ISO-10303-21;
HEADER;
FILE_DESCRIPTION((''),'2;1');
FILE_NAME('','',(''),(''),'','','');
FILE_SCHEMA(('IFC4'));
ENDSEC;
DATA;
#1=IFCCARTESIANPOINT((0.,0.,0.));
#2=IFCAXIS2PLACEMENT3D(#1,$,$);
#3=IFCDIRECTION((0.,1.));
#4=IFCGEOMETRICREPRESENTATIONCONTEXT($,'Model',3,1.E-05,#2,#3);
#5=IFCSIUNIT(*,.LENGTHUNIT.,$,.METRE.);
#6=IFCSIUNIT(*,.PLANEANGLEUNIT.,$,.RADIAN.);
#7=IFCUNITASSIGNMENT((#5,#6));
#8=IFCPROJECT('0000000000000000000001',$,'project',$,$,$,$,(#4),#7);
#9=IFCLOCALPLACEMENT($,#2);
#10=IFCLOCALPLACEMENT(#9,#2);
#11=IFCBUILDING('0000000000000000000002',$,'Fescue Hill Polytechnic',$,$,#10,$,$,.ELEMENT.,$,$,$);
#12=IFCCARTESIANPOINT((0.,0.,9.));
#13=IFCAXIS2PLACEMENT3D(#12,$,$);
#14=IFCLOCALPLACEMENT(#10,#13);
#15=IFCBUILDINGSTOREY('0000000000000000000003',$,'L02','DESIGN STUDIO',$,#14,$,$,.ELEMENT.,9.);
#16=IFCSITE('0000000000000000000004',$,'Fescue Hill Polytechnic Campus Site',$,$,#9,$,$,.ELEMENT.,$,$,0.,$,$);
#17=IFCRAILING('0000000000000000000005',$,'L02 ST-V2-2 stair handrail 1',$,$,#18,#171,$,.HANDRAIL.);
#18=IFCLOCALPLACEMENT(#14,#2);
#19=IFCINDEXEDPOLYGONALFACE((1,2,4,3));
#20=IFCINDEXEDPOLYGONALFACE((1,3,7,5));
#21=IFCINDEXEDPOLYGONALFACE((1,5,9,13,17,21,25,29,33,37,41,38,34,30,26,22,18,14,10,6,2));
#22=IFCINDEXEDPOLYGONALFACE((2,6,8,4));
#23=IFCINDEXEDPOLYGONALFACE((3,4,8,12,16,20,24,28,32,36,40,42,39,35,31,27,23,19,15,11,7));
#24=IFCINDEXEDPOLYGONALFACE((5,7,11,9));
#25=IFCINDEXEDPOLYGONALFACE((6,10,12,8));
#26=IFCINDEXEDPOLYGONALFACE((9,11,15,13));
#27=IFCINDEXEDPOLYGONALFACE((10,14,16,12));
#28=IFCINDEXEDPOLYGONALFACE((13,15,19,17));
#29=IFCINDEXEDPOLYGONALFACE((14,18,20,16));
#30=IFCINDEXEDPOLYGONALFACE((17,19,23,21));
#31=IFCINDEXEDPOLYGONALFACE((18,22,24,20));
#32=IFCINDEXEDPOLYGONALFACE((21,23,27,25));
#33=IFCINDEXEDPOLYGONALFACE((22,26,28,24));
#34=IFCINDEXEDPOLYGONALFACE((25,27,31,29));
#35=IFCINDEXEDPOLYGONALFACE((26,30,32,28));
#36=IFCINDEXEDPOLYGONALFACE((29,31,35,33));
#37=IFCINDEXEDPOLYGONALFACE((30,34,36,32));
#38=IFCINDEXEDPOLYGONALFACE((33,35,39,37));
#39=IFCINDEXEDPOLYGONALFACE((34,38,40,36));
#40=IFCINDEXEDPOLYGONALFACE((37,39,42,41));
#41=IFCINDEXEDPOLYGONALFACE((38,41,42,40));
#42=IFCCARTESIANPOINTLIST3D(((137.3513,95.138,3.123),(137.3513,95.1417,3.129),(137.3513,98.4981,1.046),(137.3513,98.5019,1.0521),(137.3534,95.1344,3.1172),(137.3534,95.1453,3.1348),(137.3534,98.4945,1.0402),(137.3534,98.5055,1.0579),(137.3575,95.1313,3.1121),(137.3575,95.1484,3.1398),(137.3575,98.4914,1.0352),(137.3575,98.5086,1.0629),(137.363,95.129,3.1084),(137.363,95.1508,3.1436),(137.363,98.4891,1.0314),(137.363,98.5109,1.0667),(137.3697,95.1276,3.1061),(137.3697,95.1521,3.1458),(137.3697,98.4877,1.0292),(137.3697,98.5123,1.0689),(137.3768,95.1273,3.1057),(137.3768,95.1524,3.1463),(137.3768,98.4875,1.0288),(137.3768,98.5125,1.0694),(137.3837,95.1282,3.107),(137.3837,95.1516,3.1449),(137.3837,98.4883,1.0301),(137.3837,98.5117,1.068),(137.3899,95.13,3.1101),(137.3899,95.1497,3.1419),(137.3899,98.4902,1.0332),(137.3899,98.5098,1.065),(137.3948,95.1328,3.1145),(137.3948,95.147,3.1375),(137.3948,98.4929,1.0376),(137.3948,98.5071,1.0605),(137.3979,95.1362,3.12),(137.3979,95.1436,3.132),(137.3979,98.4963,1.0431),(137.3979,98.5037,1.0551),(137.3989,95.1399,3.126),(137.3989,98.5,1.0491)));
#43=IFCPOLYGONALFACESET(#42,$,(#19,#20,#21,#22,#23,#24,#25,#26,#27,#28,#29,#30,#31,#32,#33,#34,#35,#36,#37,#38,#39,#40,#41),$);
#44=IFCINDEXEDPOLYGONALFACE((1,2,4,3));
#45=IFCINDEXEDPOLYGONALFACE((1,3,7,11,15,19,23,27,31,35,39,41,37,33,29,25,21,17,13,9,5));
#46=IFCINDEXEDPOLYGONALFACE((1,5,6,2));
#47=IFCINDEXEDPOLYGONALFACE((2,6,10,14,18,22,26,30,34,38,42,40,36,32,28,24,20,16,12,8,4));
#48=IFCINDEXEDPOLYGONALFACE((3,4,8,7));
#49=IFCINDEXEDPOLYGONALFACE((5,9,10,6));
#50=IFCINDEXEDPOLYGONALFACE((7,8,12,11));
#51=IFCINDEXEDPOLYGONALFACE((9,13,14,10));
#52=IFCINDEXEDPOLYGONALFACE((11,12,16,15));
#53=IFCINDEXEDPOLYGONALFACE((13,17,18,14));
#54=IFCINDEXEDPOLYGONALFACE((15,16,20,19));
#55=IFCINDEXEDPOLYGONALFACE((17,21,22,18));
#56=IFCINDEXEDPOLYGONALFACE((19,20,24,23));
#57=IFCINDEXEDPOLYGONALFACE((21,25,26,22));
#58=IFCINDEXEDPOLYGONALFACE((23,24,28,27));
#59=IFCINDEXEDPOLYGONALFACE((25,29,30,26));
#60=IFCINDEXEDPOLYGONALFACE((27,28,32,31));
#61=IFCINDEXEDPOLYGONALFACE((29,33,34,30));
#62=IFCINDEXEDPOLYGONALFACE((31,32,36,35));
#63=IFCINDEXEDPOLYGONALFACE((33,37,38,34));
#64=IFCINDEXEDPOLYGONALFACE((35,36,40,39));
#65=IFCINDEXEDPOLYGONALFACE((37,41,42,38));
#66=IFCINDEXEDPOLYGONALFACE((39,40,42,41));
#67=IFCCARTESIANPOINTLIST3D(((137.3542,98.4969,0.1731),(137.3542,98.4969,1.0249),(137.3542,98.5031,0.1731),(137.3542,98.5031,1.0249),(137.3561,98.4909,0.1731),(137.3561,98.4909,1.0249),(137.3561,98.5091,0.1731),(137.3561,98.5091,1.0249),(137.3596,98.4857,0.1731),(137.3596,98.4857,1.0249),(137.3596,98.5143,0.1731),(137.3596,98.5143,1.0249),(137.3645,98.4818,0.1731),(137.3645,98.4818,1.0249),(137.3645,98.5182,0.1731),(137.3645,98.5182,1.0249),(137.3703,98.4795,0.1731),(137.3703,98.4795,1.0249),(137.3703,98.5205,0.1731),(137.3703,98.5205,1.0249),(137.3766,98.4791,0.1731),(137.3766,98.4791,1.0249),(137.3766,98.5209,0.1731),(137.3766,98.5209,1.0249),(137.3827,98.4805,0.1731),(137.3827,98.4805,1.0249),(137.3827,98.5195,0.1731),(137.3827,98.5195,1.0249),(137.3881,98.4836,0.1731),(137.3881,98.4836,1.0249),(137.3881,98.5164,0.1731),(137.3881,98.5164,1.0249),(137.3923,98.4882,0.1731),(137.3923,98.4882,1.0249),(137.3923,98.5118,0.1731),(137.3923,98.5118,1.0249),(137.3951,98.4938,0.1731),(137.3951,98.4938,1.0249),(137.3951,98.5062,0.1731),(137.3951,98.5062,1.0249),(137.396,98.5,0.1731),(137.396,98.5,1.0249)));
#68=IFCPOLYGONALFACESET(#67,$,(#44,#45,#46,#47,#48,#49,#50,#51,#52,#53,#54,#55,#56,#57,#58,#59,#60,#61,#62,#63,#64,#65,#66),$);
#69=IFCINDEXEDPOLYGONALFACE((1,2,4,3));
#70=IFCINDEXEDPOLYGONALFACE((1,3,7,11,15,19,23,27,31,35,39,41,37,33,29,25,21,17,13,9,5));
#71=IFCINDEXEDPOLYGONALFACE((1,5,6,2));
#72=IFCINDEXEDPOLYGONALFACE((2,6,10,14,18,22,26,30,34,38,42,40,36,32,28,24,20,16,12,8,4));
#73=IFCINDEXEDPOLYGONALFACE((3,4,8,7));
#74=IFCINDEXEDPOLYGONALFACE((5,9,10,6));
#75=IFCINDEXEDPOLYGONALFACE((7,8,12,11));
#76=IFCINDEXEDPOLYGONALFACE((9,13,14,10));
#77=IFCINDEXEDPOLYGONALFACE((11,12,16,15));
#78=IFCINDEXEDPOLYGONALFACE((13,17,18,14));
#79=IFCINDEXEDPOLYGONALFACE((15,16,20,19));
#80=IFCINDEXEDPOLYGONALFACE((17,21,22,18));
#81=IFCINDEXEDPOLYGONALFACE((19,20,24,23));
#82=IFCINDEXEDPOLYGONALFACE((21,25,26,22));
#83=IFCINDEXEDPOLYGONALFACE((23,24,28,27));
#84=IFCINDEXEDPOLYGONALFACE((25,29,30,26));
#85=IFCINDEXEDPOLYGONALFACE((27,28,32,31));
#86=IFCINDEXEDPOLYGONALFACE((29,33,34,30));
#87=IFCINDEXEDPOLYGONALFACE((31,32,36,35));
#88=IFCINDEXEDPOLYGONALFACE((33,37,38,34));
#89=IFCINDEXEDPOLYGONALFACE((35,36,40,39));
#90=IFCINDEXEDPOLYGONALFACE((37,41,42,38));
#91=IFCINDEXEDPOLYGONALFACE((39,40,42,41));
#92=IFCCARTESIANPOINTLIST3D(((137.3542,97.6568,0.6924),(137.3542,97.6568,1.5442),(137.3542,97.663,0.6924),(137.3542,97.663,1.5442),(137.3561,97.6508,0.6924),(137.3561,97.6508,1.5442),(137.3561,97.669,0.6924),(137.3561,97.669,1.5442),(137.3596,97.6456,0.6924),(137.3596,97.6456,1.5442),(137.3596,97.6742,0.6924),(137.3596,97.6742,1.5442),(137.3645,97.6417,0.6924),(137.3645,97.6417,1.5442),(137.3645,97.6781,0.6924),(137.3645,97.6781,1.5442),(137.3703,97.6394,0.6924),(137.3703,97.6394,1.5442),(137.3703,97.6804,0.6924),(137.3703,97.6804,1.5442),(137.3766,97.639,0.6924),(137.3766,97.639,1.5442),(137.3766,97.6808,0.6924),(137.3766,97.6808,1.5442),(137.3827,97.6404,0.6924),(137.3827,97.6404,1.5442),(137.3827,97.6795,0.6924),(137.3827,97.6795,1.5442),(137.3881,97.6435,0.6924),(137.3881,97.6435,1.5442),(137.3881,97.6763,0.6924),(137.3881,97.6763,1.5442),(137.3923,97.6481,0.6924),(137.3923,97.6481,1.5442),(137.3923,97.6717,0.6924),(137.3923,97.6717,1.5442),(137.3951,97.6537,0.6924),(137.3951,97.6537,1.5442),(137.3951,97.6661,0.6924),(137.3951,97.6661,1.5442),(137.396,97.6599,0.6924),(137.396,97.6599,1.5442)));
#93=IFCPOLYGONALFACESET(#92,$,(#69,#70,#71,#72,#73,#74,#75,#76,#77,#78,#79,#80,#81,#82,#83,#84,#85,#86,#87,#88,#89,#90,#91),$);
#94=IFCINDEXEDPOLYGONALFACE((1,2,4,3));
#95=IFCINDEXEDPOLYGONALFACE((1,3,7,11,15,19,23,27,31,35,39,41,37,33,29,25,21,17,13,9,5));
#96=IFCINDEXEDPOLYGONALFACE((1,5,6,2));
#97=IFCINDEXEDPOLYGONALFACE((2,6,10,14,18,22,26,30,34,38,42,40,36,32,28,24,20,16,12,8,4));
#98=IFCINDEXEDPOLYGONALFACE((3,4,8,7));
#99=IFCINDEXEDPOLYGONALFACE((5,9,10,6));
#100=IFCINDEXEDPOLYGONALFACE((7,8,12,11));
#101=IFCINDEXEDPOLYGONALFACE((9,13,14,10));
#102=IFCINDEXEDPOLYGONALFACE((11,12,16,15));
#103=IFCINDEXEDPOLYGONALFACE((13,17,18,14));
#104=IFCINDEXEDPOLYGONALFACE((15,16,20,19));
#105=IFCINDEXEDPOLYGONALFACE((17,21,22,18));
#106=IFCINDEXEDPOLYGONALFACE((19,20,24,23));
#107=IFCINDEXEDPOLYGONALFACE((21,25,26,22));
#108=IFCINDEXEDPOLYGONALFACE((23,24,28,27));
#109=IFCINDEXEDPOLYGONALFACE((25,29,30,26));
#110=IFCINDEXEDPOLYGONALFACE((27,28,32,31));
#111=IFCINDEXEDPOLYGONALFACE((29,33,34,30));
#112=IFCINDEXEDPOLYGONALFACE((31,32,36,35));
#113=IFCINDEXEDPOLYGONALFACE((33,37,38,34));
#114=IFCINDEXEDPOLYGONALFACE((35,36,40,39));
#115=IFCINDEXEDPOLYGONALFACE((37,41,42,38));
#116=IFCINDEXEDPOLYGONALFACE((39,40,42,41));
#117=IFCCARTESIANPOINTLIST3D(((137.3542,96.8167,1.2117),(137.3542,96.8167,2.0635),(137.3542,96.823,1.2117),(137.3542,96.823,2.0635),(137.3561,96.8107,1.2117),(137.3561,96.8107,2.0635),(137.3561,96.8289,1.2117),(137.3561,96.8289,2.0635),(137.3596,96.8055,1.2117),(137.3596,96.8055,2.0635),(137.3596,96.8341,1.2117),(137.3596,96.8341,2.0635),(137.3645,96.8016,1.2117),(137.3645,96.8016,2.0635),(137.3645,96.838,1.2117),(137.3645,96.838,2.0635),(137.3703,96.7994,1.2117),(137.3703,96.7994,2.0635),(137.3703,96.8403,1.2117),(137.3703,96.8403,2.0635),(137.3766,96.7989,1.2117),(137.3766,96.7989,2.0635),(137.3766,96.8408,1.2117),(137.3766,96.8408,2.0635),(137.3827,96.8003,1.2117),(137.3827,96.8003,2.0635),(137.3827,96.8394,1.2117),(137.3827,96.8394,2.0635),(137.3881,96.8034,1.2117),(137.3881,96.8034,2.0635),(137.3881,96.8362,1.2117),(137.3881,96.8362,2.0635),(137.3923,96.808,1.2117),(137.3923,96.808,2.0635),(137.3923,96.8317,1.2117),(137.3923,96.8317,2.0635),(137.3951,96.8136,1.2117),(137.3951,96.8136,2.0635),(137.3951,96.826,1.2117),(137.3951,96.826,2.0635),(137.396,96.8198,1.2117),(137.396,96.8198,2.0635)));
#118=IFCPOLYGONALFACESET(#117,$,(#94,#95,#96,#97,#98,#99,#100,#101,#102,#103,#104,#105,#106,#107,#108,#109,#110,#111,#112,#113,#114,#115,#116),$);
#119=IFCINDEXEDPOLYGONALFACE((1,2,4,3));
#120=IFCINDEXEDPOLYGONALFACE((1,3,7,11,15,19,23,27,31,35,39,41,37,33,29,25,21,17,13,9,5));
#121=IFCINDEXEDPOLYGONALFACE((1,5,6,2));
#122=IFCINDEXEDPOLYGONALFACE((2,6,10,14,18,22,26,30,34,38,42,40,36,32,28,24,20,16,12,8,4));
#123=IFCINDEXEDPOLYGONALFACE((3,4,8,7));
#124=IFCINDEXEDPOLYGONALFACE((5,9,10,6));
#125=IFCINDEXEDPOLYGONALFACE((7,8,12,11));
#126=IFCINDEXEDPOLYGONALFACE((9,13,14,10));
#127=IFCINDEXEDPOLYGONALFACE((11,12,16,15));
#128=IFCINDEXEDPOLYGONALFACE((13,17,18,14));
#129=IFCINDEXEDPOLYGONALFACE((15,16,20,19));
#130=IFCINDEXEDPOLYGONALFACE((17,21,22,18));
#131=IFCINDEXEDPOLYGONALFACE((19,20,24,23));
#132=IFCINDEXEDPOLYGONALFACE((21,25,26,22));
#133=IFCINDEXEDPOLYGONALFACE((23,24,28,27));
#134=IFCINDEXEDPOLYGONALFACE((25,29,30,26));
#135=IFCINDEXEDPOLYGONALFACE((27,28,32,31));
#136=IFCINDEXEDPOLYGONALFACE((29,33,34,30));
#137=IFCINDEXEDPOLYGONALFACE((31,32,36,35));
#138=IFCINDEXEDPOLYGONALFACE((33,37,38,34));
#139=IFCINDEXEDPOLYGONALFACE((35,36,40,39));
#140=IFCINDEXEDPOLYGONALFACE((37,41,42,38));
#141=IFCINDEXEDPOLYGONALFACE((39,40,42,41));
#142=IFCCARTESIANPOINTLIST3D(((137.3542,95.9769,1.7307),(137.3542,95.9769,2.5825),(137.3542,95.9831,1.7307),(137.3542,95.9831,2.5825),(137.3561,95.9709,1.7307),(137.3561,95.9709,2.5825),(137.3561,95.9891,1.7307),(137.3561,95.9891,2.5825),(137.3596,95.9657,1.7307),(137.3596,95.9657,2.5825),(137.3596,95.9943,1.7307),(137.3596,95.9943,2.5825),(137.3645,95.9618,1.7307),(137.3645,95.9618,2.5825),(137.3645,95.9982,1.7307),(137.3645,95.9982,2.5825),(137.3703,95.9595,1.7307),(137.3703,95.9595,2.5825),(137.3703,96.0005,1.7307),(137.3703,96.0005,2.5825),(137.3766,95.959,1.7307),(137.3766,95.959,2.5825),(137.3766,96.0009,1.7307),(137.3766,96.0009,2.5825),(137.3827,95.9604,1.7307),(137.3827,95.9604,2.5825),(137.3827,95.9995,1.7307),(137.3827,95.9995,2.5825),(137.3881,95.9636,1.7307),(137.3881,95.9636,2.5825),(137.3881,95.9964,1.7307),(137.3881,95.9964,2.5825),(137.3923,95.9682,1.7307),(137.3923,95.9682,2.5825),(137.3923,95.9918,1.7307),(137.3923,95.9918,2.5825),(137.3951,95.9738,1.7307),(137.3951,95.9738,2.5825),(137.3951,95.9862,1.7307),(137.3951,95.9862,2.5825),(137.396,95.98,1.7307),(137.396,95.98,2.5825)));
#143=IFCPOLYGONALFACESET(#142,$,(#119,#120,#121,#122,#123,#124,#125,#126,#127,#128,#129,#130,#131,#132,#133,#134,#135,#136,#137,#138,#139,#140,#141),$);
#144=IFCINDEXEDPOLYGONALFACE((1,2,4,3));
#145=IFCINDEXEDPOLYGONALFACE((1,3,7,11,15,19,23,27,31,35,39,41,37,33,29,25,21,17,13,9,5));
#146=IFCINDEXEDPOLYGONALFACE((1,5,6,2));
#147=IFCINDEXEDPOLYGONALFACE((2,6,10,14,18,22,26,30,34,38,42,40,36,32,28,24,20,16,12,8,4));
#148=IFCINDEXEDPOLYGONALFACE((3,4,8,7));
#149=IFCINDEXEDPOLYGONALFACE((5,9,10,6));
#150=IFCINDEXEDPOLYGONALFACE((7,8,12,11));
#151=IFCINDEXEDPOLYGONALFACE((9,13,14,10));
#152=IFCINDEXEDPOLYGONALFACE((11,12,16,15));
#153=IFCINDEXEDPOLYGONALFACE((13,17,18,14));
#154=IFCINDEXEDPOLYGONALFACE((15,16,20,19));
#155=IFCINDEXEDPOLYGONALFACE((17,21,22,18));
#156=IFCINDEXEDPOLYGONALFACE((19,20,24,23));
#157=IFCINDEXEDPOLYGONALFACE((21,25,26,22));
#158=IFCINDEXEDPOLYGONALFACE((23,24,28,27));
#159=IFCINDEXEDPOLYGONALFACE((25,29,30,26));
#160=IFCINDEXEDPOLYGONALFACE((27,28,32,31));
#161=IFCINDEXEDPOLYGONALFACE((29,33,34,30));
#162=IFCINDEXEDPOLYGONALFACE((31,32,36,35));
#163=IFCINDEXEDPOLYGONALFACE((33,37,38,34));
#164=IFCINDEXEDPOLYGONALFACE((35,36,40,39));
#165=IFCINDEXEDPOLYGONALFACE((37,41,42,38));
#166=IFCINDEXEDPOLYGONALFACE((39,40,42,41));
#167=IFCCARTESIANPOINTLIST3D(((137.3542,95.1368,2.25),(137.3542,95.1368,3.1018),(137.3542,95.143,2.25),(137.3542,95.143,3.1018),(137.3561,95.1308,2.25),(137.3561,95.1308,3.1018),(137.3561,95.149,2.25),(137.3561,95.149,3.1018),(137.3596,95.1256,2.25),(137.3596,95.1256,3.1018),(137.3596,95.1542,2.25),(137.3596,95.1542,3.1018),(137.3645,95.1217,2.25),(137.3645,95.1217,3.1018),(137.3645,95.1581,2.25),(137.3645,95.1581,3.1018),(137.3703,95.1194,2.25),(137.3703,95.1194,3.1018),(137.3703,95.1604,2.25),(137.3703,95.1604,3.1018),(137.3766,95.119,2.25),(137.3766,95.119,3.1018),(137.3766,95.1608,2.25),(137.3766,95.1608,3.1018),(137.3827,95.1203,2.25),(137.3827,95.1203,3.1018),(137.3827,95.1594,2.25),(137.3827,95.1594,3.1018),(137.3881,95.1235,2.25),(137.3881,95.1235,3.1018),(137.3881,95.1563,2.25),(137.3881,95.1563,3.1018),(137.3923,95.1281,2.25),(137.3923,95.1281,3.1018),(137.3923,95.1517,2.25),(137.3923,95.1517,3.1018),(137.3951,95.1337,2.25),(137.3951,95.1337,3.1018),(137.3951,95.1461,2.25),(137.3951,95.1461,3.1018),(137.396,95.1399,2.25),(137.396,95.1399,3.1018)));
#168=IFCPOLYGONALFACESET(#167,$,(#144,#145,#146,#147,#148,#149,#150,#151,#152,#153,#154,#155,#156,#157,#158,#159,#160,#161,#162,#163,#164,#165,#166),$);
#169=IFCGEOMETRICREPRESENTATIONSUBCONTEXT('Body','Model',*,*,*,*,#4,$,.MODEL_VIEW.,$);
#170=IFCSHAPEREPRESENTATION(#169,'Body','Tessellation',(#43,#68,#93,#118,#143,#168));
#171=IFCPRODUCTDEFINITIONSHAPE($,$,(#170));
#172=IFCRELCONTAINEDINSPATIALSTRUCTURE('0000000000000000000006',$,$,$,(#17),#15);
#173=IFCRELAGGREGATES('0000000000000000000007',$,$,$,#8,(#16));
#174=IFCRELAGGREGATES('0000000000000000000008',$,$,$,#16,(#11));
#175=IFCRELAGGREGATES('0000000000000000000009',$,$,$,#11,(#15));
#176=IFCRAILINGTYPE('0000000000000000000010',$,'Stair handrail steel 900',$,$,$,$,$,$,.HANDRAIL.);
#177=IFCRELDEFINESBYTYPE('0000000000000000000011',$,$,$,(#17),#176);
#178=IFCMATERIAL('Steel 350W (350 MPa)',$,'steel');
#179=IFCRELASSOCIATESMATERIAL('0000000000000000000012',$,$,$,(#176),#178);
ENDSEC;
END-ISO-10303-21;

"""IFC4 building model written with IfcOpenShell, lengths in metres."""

from ifc_helpers import new_model, si_unit, direction, frame, origin, origin_2d, place, context, subcontext, project, spatial, circle, extrude, material, type_object, element, save


model = new_model("IFC4")

# Units and contexts
model_context = context("Model", 3, precision=1e-05, world=origin(), true_north=direction((0.0, 1.0)))
body_context = subcontext(model_context, "Body", "Model", "MODEL_VIEW")
ifc_project = project(units=[si_unit("LENGTHUNIT", "METRE"), si_unit("PLANEANGLEUNIT", "RADIAN")], contexts=[model_context])

# Site, building, storey
site_placement = place(None, origin())
site = spatial("IfcSite", under=ifc_project, at=site_placement, Name="Fescue Hill Polytechnic Campus Site", CompositionType="ELEMENT", RefElevation=0.0)
building_placement = place(site_placement, origin())
building = spatial("IfcBuilding", under=site, at=building_placement, Name="Fescue Hill Polytechnic", CompositionType="ELEMENT")
storey_placement = place(building_placement, frame((0.0, 0.0, 9.0)))
storey = spatial("IfcBuildingStorey", under=building, at=storey_placement, Name="L02", Description="DESIGN STUDIO", CompositionType="ELEMENT", Elevation=9.0)

# Railing
ifc_material_1 = material(Name="Steel 350W (350 MPa)", Category="steel")
railing_type_1 = type_object("IfcRailingType", Name="Stair handrail steel 900", PredefinedType="HANDRAIL", material=ifc_material_1)
railing_1_placement = place(storey_placement, frame((137.375, 98.5, 0.1731)))
element("IfcRailing", 1, at=railing_1_placement, inside=storey, type_object=railing_type_1, Name="L02 ST-V2-2 stair handrail 1", PredefinedType="HANDRAIL", context=body_context, shape_type="SweptSolid", body=[
    extrude(circle(Radius=0.0239, at=origin_2d()), frame((0.0, 0.0, 0.876), z_axis=(0.0, -0.850623, 0.525776), x_axis=(1.0, 0.0, 0.0)), (0.0, 0.0, 1.0), 3.9502),
    extrude(circle(Radius=0.021, at=origin_2d()), origin(), (0.0, 0.0, 1.0), 0.8518),
    extrude(circle(Radius=0.021, at=origin_2d()), frame((0.0, -0.8401, 0.5193)), (0.0, 0.0, 1.0), 0.8518),
    extrude(circle(Radius=0.021, at=origin_2d()), frame((0.0, -1.6802, 1.0386)), (0.0, 0.0, 1.0), 0.8518),
    extrude(circle(Radius=0.021, at=origin_2d()), frame((0.0, -2.52, 1.5576)), (0.0, 0.0, 1.0), 0.8518),
    extrude(circle(Radius=0.021, at=origin_2d()), frame((0.0, -3.3601, 2.0769)), (0.0, 0.0, 1.0), 0.8518),
])

save(model, "model.ifc")
